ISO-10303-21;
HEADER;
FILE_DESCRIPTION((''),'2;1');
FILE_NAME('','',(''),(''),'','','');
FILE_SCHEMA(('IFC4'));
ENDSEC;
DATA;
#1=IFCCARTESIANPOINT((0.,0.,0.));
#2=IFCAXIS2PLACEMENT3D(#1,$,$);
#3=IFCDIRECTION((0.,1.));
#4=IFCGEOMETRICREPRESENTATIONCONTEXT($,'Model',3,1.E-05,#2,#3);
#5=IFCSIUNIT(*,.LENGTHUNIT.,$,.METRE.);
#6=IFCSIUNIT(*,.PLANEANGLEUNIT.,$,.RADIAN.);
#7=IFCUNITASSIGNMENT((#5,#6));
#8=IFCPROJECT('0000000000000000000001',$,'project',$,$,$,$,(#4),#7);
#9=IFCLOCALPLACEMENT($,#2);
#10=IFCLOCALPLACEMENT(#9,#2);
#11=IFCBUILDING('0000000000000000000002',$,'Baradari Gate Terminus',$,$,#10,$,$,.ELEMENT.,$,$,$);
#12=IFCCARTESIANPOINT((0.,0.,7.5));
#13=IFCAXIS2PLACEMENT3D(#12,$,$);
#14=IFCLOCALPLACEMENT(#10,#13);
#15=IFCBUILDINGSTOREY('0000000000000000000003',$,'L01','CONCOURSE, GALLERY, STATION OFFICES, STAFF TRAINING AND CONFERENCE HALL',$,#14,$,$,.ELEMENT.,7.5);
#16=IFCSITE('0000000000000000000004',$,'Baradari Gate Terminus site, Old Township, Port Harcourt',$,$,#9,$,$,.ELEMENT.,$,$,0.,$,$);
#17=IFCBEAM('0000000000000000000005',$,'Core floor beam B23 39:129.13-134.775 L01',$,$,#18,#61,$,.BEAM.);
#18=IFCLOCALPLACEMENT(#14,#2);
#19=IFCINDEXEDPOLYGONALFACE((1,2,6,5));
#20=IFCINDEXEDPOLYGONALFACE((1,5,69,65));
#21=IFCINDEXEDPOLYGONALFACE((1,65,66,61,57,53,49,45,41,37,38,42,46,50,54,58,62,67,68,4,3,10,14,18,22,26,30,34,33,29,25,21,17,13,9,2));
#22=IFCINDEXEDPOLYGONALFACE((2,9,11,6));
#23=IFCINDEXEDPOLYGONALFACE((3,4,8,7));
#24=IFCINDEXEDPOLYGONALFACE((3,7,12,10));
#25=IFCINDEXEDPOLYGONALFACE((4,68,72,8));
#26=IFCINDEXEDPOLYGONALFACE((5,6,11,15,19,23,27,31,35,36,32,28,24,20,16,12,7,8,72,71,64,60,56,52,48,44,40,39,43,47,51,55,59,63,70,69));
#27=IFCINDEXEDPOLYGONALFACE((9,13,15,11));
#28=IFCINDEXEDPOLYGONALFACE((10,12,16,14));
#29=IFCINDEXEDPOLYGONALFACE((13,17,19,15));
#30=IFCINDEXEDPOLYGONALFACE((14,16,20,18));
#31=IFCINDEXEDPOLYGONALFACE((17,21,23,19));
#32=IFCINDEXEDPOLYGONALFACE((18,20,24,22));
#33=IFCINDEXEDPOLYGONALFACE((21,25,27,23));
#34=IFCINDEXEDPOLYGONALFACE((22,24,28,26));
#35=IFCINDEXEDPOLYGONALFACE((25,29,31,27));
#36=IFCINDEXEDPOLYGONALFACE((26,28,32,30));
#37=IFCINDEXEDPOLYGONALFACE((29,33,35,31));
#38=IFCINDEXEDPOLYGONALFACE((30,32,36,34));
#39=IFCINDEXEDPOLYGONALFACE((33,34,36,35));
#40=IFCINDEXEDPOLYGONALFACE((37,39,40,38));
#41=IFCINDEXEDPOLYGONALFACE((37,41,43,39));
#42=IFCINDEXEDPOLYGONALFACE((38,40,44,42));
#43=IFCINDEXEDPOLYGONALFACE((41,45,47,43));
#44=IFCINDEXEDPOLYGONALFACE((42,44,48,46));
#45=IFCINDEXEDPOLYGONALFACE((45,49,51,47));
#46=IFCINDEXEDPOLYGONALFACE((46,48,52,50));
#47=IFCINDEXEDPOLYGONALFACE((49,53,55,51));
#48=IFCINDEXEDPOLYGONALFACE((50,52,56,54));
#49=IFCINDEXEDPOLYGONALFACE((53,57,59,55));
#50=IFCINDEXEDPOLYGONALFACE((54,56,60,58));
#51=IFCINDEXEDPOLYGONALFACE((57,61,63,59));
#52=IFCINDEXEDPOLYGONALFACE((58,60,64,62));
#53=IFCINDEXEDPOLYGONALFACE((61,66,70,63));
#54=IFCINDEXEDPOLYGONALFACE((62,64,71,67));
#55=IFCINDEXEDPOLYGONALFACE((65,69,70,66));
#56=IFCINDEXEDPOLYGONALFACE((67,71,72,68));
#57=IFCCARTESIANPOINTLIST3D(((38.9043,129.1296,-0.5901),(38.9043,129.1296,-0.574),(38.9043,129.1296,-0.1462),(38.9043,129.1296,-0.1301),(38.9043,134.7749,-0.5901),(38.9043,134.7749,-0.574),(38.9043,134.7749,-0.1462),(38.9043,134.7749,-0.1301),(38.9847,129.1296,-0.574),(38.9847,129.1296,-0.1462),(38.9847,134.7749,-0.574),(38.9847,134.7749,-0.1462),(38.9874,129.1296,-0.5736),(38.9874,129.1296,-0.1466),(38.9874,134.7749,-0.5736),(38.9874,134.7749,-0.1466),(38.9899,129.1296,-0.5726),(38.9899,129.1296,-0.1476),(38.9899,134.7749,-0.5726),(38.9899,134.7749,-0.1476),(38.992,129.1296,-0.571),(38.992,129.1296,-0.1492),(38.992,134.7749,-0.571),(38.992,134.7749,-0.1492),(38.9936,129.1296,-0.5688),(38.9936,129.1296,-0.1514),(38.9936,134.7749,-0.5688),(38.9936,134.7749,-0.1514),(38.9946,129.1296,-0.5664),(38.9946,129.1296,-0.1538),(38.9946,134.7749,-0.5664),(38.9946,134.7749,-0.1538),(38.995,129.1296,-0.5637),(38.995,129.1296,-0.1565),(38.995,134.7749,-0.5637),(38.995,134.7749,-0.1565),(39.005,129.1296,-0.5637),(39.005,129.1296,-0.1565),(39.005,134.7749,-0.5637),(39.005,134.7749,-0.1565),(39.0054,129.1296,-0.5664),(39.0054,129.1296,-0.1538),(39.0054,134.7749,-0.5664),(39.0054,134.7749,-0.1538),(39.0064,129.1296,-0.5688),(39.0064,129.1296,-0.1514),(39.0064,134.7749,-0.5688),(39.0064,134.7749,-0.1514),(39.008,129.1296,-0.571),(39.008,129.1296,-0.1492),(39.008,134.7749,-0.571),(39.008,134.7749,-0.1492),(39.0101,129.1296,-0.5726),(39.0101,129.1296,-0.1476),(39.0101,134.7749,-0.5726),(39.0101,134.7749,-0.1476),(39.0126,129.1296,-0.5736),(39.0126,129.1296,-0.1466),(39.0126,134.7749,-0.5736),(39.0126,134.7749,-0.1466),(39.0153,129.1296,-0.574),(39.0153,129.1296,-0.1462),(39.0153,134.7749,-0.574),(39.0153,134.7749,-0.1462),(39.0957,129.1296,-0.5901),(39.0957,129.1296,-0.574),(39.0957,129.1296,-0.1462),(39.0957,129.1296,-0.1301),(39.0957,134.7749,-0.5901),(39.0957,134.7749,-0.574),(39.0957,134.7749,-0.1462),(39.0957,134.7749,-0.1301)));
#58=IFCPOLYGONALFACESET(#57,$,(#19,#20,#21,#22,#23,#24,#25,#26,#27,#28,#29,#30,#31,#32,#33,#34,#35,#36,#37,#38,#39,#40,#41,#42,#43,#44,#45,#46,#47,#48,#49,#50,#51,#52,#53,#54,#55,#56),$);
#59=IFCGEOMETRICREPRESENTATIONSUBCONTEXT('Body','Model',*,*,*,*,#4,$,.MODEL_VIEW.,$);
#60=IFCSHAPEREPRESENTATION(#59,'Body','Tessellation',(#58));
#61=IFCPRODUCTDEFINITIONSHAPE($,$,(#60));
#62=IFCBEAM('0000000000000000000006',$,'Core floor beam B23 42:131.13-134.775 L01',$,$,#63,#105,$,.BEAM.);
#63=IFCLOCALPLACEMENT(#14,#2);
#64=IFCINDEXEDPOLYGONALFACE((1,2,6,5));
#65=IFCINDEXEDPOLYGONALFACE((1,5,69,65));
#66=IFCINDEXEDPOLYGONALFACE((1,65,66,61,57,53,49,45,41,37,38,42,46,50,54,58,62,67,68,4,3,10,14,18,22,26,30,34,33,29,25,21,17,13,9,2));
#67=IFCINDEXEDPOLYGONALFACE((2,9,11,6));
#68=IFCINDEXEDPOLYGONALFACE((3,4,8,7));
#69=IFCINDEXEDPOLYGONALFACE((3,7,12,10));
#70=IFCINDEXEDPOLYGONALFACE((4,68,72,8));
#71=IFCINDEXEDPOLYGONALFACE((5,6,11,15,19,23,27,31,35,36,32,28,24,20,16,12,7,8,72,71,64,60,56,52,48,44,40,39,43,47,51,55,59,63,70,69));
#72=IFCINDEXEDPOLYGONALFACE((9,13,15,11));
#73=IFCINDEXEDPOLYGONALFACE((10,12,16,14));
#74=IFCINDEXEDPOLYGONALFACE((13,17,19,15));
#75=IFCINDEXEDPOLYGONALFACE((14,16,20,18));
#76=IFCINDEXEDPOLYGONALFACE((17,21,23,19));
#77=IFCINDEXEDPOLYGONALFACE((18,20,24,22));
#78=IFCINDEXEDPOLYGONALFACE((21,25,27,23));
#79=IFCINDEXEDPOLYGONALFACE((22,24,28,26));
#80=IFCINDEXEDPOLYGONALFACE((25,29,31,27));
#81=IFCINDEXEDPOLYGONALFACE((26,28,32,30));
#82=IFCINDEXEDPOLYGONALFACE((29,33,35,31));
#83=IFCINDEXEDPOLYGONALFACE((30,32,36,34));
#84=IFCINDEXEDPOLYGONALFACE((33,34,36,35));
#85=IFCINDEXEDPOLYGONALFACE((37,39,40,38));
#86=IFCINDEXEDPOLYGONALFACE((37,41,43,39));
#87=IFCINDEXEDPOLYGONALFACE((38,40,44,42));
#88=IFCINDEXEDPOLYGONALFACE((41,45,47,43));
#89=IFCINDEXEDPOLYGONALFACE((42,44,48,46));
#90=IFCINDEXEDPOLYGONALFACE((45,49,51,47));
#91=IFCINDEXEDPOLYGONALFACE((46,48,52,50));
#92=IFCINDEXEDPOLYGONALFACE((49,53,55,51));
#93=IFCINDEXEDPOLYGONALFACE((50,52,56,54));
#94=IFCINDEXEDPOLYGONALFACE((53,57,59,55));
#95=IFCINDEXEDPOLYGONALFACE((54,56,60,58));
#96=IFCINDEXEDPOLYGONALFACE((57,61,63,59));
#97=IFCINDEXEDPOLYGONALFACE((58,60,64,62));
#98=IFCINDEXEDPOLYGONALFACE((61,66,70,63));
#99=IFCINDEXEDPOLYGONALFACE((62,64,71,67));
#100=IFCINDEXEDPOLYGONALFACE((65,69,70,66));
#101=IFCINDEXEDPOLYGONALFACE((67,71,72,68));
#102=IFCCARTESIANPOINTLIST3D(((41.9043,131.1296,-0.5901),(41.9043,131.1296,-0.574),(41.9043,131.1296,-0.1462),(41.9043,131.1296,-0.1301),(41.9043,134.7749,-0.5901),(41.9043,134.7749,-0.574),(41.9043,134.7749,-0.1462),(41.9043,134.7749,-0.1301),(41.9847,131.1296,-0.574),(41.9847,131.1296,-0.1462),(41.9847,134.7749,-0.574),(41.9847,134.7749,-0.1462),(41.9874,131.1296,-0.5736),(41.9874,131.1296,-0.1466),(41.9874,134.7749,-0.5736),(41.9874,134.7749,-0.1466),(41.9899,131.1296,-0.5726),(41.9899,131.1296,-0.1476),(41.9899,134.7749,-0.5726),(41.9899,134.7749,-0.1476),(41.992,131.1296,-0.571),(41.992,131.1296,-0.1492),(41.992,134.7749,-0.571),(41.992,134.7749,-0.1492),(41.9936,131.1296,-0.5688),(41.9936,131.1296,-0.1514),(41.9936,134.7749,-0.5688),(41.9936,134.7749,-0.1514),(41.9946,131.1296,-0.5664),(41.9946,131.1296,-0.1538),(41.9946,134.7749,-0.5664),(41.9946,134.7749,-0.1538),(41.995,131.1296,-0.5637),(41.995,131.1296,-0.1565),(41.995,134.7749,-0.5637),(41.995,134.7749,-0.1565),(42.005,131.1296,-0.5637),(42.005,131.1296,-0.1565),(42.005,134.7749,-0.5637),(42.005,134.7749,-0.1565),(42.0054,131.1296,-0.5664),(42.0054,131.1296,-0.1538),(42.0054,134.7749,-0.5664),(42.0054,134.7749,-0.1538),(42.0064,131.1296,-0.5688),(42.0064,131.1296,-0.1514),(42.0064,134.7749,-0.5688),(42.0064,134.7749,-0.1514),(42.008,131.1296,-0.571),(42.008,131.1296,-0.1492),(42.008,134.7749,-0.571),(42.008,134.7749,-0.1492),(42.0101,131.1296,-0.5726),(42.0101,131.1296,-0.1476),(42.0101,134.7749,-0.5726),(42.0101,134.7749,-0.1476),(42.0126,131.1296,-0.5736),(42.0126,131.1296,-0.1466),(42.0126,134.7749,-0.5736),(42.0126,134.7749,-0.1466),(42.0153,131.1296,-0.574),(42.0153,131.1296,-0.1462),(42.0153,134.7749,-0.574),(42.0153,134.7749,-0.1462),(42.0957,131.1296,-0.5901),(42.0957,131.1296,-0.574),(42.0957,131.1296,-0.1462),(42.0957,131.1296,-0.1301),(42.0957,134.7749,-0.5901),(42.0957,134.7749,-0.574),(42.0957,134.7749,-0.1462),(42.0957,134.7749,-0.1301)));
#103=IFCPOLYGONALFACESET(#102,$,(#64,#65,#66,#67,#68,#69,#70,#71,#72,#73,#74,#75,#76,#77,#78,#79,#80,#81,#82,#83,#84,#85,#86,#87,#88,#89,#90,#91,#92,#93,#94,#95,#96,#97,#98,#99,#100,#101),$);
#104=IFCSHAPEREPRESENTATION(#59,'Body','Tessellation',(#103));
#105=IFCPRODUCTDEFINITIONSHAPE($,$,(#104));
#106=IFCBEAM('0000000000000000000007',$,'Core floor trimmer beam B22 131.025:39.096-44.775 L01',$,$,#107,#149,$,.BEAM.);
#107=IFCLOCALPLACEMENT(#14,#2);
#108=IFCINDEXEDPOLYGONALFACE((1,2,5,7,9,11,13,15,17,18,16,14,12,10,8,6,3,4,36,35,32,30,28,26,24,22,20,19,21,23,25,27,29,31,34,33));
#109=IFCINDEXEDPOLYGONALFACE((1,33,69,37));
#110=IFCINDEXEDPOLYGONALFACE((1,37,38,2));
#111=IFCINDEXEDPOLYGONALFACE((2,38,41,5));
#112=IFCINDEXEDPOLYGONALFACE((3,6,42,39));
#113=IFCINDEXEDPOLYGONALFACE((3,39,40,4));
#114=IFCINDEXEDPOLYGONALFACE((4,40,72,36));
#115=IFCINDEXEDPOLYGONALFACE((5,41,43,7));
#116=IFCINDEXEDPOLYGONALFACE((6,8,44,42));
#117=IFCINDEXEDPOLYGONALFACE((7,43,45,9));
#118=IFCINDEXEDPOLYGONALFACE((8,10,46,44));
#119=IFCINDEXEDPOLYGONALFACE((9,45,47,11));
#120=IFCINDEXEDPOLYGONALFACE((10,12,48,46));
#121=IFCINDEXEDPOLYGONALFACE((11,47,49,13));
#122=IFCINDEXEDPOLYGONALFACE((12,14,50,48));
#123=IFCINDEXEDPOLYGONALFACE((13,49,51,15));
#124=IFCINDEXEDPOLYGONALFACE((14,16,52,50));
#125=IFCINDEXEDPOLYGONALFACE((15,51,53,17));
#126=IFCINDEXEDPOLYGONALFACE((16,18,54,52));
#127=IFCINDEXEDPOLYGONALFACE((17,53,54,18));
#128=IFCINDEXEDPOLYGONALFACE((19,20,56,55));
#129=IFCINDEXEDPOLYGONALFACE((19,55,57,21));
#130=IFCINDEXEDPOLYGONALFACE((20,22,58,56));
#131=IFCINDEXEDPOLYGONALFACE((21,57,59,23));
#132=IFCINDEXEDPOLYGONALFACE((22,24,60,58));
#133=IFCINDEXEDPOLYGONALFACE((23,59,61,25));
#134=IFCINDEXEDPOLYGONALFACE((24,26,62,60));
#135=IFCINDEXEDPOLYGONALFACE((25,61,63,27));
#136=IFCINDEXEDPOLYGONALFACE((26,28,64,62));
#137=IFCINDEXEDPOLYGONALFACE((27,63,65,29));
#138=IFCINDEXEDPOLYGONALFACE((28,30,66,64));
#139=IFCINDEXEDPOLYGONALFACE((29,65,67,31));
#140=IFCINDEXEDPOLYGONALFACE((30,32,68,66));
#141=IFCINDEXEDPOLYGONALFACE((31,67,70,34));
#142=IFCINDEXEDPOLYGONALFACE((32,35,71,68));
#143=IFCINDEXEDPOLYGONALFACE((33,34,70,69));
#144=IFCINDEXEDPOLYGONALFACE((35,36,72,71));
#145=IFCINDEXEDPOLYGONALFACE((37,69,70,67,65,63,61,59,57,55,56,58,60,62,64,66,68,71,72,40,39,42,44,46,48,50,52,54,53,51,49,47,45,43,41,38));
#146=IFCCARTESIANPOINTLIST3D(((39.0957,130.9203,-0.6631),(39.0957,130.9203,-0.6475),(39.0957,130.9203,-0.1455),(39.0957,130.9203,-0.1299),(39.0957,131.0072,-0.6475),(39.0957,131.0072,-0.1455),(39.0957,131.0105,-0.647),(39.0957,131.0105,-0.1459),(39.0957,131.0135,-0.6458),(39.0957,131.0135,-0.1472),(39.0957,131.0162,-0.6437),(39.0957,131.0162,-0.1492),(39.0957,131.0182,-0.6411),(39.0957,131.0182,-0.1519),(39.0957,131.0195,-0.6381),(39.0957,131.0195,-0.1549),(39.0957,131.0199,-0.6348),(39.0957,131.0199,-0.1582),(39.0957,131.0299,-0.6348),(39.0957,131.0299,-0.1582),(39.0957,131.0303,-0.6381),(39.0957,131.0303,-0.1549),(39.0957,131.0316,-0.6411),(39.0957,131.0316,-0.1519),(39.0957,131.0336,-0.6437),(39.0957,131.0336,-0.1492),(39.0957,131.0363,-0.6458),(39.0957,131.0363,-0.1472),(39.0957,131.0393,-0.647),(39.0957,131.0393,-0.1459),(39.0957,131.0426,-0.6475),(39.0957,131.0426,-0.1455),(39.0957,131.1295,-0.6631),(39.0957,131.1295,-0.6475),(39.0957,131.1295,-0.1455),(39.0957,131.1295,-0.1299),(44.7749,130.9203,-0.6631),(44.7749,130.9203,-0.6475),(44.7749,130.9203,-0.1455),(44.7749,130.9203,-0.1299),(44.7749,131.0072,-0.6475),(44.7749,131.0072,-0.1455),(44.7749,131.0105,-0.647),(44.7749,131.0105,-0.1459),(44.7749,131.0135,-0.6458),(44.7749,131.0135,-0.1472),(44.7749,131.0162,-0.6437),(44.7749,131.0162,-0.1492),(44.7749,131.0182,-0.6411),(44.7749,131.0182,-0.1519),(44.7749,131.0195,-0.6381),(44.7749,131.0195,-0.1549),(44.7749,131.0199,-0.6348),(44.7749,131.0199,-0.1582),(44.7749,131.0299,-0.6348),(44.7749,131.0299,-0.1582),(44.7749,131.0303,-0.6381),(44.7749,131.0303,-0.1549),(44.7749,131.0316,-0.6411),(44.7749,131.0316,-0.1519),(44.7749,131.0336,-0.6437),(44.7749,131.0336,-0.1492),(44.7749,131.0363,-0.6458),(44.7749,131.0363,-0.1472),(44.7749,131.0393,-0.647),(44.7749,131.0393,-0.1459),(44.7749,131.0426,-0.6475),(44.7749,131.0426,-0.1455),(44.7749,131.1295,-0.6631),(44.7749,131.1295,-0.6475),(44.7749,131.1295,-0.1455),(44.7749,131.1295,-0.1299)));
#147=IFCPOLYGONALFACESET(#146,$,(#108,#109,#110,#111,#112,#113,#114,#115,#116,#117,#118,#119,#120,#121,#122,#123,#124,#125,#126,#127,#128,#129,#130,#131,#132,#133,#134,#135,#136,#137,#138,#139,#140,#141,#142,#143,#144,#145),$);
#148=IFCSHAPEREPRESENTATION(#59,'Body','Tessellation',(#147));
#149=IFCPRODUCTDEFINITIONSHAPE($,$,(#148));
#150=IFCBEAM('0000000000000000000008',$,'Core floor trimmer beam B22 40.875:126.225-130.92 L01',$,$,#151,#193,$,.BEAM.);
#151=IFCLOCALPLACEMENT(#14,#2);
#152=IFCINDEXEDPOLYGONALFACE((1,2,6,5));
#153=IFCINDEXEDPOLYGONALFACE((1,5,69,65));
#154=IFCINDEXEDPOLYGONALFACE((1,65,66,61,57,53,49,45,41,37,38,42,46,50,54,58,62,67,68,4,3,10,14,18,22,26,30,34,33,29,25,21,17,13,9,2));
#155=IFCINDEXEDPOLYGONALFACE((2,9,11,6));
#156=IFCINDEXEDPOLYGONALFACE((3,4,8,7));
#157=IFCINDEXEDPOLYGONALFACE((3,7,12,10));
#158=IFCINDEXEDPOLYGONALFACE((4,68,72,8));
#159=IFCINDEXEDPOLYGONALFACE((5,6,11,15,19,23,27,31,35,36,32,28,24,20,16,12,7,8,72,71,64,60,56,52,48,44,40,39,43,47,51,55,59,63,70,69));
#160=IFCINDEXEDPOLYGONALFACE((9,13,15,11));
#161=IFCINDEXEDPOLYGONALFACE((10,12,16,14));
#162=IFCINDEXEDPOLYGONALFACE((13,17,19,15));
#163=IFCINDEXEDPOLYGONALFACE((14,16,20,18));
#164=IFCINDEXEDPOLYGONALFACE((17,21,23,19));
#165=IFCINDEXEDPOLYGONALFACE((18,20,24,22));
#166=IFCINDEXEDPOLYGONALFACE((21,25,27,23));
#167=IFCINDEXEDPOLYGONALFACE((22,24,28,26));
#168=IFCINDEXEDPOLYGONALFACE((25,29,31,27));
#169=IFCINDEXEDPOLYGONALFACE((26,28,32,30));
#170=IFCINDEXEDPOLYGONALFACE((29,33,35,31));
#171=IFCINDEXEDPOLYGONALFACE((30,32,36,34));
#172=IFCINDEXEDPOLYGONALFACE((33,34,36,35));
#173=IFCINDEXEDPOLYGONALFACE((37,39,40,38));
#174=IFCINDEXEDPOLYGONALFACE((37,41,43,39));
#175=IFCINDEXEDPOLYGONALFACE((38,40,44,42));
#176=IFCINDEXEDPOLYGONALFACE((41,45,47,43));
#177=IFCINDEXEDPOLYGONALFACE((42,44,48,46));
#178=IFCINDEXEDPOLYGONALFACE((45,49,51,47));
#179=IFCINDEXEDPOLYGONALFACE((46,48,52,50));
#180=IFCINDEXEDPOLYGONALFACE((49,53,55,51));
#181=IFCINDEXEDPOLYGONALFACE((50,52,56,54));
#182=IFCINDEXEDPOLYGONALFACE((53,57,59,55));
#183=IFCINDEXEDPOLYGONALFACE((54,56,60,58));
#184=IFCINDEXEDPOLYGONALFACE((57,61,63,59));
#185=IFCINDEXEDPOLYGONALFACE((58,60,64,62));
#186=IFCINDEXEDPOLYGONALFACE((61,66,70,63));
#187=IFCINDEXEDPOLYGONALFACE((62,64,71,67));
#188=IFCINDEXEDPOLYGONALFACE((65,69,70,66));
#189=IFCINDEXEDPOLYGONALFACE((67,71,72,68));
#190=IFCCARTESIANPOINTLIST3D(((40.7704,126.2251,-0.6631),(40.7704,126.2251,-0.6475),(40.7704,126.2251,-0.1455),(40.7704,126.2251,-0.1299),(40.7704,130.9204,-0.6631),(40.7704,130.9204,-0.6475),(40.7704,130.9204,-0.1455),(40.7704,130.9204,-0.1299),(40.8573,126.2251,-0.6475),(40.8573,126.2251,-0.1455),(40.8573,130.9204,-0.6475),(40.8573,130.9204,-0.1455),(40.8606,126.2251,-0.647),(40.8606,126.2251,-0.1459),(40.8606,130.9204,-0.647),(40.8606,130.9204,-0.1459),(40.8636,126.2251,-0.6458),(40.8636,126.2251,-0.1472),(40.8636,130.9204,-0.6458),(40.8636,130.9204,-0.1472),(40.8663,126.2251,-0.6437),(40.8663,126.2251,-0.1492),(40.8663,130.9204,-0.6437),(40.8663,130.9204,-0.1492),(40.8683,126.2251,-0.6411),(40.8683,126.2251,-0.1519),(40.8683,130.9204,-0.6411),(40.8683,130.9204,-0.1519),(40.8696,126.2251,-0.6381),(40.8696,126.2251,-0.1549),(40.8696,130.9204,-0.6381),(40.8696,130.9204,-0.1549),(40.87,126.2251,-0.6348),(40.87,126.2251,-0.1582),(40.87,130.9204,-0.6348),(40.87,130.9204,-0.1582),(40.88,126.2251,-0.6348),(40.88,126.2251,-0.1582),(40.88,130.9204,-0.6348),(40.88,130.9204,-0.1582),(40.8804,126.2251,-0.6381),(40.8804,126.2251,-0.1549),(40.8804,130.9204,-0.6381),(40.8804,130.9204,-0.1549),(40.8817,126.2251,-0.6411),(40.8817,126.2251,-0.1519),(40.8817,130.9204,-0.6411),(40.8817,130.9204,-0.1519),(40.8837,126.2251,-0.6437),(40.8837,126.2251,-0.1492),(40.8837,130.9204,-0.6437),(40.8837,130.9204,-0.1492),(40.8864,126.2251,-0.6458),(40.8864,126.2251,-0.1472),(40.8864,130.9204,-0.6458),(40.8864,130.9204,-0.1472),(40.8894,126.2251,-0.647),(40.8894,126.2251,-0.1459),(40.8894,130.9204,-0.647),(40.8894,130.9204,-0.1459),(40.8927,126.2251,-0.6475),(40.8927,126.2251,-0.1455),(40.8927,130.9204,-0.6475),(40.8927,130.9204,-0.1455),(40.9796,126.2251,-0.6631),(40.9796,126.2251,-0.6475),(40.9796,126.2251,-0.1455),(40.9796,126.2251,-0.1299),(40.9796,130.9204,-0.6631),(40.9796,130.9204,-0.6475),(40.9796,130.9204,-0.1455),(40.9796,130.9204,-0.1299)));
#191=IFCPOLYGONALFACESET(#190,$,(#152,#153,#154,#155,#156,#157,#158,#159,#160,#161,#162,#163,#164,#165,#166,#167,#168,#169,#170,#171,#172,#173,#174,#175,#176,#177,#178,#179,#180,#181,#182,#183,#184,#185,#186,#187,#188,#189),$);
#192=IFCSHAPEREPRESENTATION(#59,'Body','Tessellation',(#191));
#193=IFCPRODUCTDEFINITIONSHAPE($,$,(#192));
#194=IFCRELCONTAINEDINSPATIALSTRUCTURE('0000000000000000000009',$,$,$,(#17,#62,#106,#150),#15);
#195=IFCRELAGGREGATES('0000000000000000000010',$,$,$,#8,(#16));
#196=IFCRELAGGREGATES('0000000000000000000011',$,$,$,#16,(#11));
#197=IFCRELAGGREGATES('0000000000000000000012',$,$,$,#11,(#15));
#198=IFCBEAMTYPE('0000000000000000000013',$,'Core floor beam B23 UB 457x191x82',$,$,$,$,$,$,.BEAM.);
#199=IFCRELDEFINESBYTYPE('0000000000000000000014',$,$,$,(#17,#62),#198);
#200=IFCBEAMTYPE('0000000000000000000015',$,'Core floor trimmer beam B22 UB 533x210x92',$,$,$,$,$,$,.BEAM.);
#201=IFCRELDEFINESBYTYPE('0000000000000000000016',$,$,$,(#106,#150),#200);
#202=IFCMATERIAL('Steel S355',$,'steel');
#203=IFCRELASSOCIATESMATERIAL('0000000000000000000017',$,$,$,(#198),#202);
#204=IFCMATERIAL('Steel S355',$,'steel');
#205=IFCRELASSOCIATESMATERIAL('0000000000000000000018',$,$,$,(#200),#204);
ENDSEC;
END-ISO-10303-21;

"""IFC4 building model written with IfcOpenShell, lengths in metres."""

from ifc_helpers import new_model, si_unit, direction, frame, origin, origin_2d, place, context, subcontext, project, spatial, i_section, extrude, material, material_profile, profile_set, type_object, element, save


model = new_model("IFC4")

# Units and contexts
model_context = context("Model", 3, precision=1e-05, world=origin(), true_north=direction((0.0, 1.0)))
body_context = subcontext(model_context, "Body", "Model", "MODEL_VIEW")
ifc_project = project(units=[si_unit("LENGTHUNIT", "METRE"), si_unit("PLANEANGLEUNIT", "RADIAN")], contexts=[model_context])

# Site, building, storey
site_placement = place(None, origin())
site = spatial("IfcSite", under=ifc_project, at=site_placement, Name="Baradari Gate Terminus site, Old Township, Port Harcourt", CompositionType="ELEMENT", RefElevation=0.0)
building_placement = place(site_placement, origin())
building = spatial("IfcBuilding", under=site, at=building_placement, Name="Baradari Gate Terminus", CompositionType="ELEMENT")
storey_placement = place(building_placement, frame((0.0, 0.0, 7.5)))
storey = spatial("IfcBuildingStorey", under=building, at=storey_placement, Name="L01", Description="CONCOURSE, GALLERY, STATION OFFICES, STAFF TRAINING AND CONFERENCE HALL", CompositionType="ELEMENT", Elevation=7.5)

# Beams
ifc_material_1 = material(Name="Steel S355", Category="steel")
ifc_material_profile_1 = material_profile(ifc_material_1, i_section(OverallWidth=0.1914, OverallDepth=0.46, WebThickness=0.01, FlangeThickness=0.0161, FilletRadius=0.0103, at=origin_2d()), Name="UB 457x191x82")
ifc_profile_set_1 = profile_set([ifc_material_profile_1], Name="Steel S355")
beam_type_1 = type_object("IfcBeamType", Name="Core floor beam B23 UB 457x191x82", PredefinedType="BEAM", material=ifc_profile_set_1)
beam_1_placement = place(storey_placement, frame((39.0, 129.1296, -0.3601), z_axis=(0.0, 1.0, 0.0), x_axis=(-1.0, 0.0, 0.0)))
element("IfcBeam", 1, at=beam_1_placement, inside=storey, type_object=beam_type_1, Name="Core floor beam B23 39:129.13-134.775 L01", PredefinedType="BEAM", context=body_context, shape_type="SweptSolid", body=[
    extrude(i_section(OverallWidth=0.1914, OverallDepth=0.46, WebThickness=0.01, FlangeThickness=0.0161, FilletRadius=0.0103, at=origin_2d()), origin(), (0.0, 0.0, 1.0), 5.6453),
])
beam_2_placement = place(storey_placement, frame((42.0, 131.1296, -0.3601), z_axis=(0.0, 1.0, 0.0), x_axis=(-1.0, 0.0, 0.0)))
element("IfcBeam", 2, at=beam_2_placement, inside=storey, type_object=beam_type_1, Name="Core floor beam B23 42:131.13-134.775 L01", PredefinedType="BEAM", context=body_context, shape_type="SweptSolid", body=[
    extrude(i_section(OverallWidth=0.1914, OverallDepth=0.46, WebThickness=0.01, FlangeThickness=0.0161, FilletRadius=0.0103, at=origin_2d()), origin(), (0.0, 0.0, 1.0), 3.6453),
])
ifc_material_2 = material(Name="Steel S355", Category="steel")
ifc_material_profile_2 = material_profile(ifc_material_2, i_section(OverallWidth=0.2092, OverallDepth=0.5332, WebThickness=0.01, FlangeThickness=0.0156, FilletRadius=0.0127, at=origin_2d()), Name="UB 533x210x92")
ifc_profile_set_2 = profile_set([ifc_material_profile_2], Name="Steel S355")
beam_type_2 = type_object("IfcBeamType", Name="Core floor trimmer beam B22 UB 533x210x92", PredefinedType="BEAM", material=ifc_profile_set_2)
beam_3_placement = place(storey_placement, frame((39.0957, 131.0249, -0.3965), z_axis=(1.0, 0.0, 0.0), x_axis=(0.0, 1.0, 0.0)))
element("IfcBeam", 3, at=beam_3_placement, inside=storey, type_object=beam_type_2, Name="Core floor trimmer beam B22 131.025:39.096-44.775 L01", PredefinedType="BEAM", context=body_context, shape_type="SweptSolid", body=[
    extrude(i_section(OverallWidth=0.2092, OverallDepth=0.5332, WebThickness=0.01, FlangeThickness=0.0156, FilletRadius=0.0127, at=origin_2d()), origin(), (0.0, 0.0, 1.0), 5.6792),
])
beam_4_placement = place(storey_placement, frame((40.875, 126.2251, -0.3965), z_axis=(0.0, 1.0, 0.0), x_axis=(-1.0, 0.0, 0.0)))
element("IfcBeam", 4, at=beam_4_placement, inside=storey, type_object=beam_type_2, Name="Core floor trimmer beam B22 40.875:126.225-130.92 L01", PredefinedType="BEAM", context=body_context, shape_type="SweptSolid", body=[
    extrude(i_section(OverallWidth=0.2092, OverallDepth=0.5332, WebThickness=0.01, FlangeThickness=0.0156, FilletRadius=0.0127, at=origin_2d()), origin(), (0.0, 0.0, 1.0), 4.6953),
])

save(model, "model.ifc")
